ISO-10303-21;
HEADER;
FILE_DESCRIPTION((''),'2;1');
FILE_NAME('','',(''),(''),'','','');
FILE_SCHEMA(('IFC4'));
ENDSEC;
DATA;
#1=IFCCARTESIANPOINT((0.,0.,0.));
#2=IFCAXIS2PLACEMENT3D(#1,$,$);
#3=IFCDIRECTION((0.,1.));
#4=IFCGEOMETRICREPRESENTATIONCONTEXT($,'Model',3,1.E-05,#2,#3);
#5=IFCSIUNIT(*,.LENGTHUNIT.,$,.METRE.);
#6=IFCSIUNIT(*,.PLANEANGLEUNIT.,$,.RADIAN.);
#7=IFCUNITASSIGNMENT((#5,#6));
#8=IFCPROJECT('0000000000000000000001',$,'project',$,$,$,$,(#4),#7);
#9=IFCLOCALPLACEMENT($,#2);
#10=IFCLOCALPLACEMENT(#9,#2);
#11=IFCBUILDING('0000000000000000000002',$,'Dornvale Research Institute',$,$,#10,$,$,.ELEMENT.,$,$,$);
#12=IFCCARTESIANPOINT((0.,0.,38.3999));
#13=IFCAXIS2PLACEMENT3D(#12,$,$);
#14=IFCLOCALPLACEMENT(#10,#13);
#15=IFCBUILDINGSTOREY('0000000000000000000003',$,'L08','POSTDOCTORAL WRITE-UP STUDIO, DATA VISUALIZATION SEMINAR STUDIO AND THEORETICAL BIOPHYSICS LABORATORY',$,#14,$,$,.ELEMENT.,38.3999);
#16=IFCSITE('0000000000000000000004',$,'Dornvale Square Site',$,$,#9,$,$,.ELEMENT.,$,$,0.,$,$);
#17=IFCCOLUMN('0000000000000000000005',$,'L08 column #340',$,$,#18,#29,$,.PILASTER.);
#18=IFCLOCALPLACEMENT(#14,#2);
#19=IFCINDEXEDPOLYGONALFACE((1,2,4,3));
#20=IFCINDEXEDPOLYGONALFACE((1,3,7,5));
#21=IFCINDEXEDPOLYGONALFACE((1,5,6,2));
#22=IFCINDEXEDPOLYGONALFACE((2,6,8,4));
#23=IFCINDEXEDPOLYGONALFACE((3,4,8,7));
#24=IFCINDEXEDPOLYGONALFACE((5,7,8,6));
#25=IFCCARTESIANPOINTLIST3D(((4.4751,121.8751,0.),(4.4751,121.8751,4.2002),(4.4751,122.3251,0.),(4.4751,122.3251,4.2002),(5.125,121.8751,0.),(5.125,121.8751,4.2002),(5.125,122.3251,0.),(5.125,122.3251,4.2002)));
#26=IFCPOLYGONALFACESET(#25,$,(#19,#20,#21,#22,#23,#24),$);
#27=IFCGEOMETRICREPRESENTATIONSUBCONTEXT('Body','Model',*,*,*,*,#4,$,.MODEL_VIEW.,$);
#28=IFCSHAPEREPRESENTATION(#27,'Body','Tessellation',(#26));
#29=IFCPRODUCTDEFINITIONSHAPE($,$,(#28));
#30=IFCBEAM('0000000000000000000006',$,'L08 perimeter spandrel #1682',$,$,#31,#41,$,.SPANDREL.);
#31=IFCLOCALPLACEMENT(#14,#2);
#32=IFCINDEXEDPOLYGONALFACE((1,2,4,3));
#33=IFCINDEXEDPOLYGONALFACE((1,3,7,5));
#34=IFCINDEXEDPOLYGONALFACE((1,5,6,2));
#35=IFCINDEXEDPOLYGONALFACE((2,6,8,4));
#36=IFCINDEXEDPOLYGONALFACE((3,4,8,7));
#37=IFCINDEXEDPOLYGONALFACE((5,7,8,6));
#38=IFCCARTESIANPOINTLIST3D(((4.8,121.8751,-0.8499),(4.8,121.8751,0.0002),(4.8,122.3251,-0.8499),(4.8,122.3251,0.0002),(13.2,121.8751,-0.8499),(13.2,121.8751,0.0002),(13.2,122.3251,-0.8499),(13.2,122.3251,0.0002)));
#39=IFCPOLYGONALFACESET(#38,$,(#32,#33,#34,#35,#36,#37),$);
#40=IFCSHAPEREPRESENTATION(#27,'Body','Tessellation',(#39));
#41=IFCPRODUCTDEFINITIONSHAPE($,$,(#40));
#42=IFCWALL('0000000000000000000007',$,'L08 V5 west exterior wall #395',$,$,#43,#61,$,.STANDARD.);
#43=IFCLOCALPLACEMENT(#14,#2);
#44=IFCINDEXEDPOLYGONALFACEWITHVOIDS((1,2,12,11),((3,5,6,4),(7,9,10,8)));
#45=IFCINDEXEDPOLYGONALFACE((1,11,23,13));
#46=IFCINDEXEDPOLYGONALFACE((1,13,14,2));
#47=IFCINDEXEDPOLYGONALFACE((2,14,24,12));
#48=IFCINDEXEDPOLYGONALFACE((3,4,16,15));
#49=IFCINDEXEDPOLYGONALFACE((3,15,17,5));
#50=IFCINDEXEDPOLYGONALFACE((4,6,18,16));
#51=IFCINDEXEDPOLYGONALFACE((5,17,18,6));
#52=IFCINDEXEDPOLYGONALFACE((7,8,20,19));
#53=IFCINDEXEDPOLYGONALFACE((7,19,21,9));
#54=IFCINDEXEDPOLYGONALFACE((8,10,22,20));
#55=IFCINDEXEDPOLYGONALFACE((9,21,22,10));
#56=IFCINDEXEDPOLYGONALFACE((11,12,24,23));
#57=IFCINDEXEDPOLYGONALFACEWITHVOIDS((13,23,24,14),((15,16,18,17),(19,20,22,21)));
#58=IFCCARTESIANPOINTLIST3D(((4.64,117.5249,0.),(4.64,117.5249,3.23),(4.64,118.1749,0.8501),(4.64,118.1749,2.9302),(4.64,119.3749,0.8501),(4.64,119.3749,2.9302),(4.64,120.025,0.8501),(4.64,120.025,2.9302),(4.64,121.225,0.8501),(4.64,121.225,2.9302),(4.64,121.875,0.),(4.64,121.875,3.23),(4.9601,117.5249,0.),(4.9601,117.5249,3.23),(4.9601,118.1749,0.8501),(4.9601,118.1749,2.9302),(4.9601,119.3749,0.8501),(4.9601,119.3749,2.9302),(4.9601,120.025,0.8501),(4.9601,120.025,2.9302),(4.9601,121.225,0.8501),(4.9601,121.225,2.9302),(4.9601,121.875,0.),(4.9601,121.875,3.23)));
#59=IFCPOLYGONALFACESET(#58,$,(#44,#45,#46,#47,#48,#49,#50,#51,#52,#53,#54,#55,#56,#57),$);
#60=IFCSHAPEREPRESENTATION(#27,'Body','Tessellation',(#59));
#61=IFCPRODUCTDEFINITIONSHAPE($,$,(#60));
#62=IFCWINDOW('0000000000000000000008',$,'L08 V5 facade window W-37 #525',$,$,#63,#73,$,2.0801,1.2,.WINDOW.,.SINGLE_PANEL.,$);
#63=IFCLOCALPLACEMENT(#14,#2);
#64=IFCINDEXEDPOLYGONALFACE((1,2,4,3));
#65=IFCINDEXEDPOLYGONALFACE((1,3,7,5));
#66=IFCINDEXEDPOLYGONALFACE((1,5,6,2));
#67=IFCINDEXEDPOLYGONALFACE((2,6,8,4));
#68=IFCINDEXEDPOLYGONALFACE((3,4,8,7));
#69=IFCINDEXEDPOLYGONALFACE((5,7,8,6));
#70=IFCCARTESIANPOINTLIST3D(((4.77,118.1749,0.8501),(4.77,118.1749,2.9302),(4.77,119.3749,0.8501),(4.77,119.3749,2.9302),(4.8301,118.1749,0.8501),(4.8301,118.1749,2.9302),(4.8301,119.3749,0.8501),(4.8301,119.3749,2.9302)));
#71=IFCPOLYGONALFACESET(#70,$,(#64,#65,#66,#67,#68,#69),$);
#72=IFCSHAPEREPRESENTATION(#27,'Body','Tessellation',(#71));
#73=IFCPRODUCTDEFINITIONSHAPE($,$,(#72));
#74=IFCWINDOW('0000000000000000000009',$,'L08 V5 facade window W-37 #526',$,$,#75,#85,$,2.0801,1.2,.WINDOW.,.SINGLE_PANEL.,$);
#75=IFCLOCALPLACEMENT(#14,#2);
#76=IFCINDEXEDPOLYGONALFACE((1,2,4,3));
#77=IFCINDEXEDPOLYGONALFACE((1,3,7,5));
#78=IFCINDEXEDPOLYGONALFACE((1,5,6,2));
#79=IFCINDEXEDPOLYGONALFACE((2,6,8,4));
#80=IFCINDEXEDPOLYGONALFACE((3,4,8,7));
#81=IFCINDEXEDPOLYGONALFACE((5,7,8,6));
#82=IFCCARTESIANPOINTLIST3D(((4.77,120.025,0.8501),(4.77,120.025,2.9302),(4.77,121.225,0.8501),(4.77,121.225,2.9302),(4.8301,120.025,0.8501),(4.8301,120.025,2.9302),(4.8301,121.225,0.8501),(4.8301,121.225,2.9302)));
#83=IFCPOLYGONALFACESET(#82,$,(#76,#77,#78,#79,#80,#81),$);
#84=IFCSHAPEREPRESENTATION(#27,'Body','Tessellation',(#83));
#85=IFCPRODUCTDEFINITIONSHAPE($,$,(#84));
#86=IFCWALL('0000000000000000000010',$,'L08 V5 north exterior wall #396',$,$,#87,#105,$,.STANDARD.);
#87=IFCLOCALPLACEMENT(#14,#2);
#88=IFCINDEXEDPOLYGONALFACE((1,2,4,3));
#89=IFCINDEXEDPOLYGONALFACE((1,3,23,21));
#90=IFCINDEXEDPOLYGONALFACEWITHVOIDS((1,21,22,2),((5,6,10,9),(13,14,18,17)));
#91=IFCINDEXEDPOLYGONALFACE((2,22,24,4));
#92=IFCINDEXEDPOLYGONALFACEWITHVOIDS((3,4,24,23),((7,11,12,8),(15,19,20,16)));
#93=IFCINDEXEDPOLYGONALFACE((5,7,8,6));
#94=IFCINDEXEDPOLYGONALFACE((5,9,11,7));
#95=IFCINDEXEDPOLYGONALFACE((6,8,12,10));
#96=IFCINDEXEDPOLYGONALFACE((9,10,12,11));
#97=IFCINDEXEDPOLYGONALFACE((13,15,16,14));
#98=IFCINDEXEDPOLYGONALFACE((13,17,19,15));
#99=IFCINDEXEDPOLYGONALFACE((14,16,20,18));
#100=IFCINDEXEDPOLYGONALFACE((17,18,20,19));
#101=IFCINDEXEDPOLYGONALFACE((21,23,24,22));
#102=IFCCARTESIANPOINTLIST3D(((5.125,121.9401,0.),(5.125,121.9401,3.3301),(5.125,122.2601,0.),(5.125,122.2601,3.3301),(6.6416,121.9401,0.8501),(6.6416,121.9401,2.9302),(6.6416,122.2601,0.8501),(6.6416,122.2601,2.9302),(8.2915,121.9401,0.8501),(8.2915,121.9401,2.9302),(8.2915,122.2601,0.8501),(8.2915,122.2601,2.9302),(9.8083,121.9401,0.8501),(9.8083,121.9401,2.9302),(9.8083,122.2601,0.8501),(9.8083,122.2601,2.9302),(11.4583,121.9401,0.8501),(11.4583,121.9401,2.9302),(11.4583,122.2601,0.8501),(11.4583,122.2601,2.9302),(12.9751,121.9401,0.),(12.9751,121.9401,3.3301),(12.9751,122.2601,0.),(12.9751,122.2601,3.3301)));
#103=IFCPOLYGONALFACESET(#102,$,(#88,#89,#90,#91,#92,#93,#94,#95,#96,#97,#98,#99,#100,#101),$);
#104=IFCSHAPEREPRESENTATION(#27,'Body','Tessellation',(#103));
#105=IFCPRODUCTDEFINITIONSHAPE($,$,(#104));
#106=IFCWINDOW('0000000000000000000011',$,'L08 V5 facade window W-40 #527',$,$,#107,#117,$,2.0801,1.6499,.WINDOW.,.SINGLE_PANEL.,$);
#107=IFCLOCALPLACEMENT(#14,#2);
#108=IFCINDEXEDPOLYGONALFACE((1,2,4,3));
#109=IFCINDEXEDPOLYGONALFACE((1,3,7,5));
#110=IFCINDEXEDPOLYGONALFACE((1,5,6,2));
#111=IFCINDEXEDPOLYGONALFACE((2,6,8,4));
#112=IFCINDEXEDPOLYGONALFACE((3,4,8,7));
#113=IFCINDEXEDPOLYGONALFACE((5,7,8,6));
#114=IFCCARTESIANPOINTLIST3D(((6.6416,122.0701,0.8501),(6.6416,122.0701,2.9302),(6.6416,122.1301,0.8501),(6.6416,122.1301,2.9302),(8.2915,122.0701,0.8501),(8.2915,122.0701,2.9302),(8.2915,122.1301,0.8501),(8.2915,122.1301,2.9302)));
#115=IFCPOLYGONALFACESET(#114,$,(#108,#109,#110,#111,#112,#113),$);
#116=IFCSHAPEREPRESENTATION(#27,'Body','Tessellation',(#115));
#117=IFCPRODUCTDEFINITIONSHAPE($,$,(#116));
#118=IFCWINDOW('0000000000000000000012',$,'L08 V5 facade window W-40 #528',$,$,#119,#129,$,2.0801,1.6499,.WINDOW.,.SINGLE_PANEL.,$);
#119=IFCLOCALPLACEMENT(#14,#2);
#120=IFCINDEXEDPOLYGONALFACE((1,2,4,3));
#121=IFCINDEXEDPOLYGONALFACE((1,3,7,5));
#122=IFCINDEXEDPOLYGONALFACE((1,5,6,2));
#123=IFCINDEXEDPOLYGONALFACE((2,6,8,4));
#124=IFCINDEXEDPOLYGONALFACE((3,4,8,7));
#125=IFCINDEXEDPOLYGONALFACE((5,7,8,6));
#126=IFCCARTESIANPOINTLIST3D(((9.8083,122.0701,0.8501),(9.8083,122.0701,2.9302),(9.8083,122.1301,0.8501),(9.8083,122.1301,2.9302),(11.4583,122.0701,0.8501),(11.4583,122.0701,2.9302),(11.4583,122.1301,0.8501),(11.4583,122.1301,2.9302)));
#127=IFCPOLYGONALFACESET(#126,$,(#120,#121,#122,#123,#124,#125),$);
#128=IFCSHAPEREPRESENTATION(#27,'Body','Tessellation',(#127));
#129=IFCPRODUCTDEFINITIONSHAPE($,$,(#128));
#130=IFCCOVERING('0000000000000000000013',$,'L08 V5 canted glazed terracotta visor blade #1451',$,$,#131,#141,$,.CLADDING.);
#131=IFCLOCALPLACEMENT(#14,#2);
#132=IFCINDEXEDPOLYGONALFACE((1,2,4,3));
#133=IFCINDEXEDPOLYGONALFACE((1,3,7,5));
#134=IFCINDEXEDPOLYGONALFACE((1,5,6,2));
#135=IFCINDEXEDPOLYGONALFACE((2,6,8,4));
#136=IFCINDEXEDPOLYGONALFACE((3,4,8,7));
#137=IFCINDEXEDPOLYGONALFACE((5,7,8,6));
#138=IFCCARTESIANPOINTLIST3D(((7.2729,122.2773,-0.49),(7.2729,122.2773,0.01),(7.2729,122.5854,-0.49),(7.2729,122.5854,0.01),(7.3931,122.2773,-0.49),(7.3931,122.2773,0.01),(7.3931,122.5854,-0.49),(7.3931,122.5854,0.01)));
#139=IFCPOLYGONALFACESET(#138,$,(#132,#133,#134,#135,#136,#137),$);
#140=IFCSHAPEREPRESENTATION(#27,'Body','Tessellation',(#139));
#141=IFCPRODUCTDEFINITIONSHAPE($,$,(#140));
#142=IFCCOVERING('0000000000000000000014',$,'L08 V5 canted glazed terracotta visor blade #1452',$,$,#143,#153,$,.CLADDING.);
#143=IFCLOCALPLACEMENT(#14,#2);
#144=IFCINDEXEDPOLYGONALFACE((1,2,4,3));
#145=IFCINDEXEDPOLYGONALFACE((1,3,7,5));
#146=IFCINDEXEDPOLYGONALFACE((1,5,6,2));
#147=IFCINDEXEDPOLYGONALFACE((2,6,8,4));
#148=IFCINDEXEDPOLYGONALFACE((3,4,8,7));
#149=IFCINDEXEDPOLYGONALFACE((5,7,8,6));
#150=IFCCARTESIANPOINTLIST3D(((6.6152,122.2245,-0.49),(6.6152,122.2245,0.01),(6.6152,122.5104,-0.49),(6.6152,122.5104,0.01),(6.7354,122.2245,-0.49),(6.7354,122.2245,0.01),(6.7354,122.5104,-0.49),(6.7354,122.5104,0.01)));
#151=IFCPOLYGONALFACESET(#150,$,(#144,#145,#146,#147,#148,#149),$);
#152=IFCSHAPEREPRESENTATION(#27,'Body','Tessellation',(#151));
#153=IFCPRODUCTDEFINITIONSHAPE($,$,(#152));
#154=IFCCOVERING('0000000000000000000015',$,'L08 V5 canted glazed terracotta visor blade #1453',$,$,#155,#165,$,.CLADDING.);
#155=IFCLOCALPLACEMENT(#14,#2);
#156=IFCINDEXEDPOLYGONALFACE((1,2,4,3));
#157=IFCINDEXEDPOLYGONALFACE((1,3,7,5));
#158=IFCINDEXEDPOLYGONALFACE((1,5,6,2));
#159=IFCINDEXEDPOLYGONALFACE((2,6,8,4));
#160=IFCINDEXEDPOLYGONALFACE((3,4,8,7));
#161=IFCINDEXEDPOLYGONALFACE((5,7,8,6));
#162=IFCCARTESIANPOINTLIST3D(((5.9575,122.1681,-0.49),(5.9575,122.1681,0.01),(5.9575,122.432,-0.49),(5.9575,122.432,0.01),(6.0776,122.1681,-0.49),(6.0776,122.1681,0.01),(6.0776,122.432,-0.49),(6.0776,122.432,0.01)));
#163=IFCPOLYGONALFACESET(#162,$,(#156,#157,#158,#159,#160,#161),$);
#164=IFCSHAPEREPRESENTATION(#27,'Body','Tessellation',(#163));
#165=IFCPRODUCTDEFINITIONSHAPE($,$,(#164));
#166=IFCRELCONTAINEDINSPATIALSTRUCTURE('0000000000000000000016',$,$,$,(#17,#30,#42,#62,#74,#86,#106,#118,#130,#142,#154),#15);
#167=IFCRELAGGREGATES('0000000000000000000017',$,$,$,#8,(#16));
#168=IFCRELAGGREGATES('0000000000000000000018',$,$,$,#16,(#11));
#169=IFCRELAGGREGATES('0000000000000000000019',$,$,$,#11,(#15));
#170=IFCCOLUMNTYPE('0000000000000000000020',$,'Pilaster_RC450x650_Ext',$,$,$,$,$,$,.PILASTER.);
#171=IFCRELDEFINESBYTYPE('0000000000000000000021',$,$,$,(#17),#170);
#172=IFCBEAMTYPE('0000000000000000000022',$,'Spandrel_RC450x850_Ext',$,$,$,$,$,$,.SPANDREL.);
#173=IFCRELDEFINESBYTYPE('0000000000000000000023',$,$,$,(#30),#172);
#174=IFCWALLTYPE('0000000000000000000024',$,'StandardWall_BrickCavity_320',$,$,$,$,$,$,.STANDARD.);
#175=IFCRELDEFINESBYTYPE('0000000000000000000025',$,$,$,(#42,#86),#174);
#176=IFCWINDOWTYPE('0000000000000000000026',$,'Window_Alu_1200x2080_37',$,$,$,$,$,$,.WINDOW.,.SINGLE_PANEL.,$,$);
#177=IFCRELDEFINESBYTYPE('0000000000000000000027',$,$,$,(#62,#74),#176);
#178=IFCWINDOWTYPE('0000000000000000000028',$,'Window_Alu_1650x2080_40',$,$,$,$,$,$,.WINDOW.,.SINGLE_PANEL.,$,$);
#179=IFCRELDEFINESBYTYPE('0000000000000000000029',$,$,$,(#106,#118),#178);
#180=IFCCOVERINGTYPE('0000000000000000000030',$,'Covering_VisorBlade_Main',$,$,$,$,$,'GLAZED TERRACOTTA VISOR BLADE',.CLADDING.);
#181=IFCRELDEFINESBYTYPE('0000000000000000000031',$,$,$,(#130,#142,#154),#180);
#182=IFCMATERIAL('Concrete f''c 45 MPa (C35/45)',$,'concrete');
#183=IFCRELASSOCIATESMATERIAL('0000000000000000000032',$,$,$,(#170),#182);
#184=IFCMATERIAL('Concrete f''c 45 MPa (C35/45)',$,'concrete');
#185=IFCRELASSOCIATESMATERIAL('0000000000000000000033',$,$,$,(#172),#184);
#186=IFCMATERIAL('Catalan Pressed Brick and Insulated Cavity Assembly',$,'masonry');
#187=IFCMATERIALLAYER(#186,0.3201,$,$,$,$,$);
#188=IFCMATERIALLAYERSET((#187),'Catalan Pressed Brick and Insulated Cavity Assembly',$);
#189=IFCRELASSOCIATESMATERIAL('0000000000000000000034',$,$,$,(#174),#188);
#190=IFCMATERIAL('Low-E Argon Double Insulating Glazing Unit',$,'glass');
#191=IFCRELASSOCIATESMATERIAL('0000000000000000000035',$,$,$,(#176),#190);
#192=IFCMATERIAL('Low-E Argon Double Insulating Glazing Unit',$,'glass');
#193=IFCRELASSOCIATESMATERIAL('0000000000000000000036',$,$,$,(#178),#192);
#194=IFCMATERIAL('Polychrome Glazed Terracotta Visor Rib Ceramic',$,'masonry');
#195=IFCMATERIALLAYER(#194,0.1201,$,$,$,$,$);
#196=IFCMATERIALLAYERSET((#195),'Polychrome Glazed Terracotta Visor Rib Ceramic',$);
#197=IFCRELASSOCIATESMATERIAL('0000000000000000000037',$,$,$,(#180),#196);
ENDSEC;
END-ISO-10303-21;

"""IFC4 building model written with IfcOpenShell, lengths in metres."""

from ifc_helpers import new_model, si_unit, direction, frame, frame_2d, origin, origin_2d, place, context, subcontext, project, spatial, rectangle, extrude, material, layer, layer_set, material_profile, profile_set, type_object, element, fill, save


model = new_model("IFC4")

# Units and contexts
model_context = context("Model", 3, precision=1e-05, world=origin(), true_north=direction((0.0, 1.0)))
body_context = subcontext(model_context, "Body", "Model", "MODEL_VIEW")
ifc_project = project(units=[si_unit("LENGTHUNIT", "METRE"), si_unit("PLANEANGLEUNIT", "RADIAN")], contexts=[model_context])

# Site, building, storey
site_placement = place(None, origin())
site = spatial("IfcSite", under=ifc_project, at=site_placement, Name="Dornvale Square Site", CompositionType="ELEMENT", RefElevation=0.0)
building_placement = place(site_placement, origin())
building = spatial("IfcBuilding", under=site, at=building_placement, Name="Dornvale Research Institute", CompositionType="ELEMENT")
storey_placement = place(building_placement, frame((0.0, 0.0, 38.3999)))
storey = spatial("IfcBuildingStorey", under=building, at=storey_placement, Name="L08", Description="POSTDOCTORAL WRITE-UP STUDIO, DATA VISUALIZATION SEMINAR STUDIO AND THEORETICAL BIOPHYSICS LABORATORY", CompositionType="ELEMENT", Elevation=38.3999)

# Column
ifc_material_1 = material(Name="Concrete f'c 45 MPa (C35/45)", Category="concrete")
ifc_material_profile_1 = material_profile(ifc_material_1, rectangle(XDim=0.45, YDim=0.6499, at=origin_2d()), Name="RC 450x650")
ifc_profile_set_1 = profile_set([ifc_material_profile_1], Name="Concrete f'c 45 MPa (C35/45)")
column_type = type_object("IfcColumnType", Name="Pilaster_RC450x650_Ext", PredefinedType="PILASTER", material=ifc_profile_set_1)
column_placement = place(storey_placement, frame((4.8, 122.1001, 0.0), z_axis=(0.0, 0.0, 1.0), x_axis=(0.0, 1.0, 0.0)))
element("IfcColumn", 1, at=column_placement, inside=storey, type_object=column_type, Name="L08 column #340", PredefinedType="PILASTER", context=body_context, shape_type="SweptSolid", body=[
    extrude(rectangle(XDim=0.45, YDim=0.6499, at=origin_2d()), origin(), (0.0, 0.0, 1.0), 4.2002),
])

# Beam
ifc_material_2 = material(Name="Concrete f'c 45 MPa (C35/45)", Category="concrete")
ifc_material_profile_2 = material_profile(ifc_material_2, rectangle(XDim=0.45, YDim=0.8501, at=origin_2d()), Name="RC 450x850")
ifc_profile_set_2 = profile_set([ifc_material_profile_2], Name="Concrete f'c 45 MPa (C35/45)")
beam_type = type_object("IfcBeamType", Name="Spandrel_RC450x850_Ext", PredefinedType="SPANDREL", material=ifc_profile_set_2)
beam_placement = place(storey_placement, frame((4.8, 122.1001, -0.4248), z_axis=(1.0, 0.0, 0.0), x_axis=(0.0, 1.0, 0.0)))
element("IfcBeam", 2, at=beam_placement, inside=storey, type_object=beam_type, Name="L08 perimeter spandrel #1682", PredefinedType="SPANDREL", context=body_context, shape_type="SweptSolid", body=[
    extrude(rectangle(XDim=0.45, YDim=0.8501, at=origin_2d()), origin(), (0.0, 0.0, 1.0), 8.3999),
])

# Walls, openings, windows
ifc_material_3 = material(Name="Catalan Pressed Brick and Insulated Cavity Assembly", Category="masonry")
ifc_layer_1 = layer(ifc_material_3, 0.3201)
ifc_layer_set_1 = layer_set([ifc_layer_1], Name="Catalan Pressed Brick and Insulated Cavity Assembly")
wall_type = type_object("IfcWallType", Name="StandardWall_BrickCavity_320", PredefinedType="STANDARD", material=ifc_layer_set_1)
wall_1_placement = place(storey_placement, frame((4.8, 117.5249, 0.0), z_axis=(0.0, 0.0, 1.0), x_axis=(0.0, 1.0, 0.0)))
wall_1 = element("IfcWall", 3, at=wall_1_placement, inside=storey, type_object=wall_type, Name="L08 V5 west exterior wall #395", PredefinedType="STANDARD", context=body_context, shape_type="SweptSolid", body=[
    extrude(rectangle(XDim=4.3501, YDim=0.3201, at=frame_2d((2.175, 0.0))), origin(), (0.0, 0.0, 1.0), 3.23),
])
opening_1_placement = place(wall_1_placement, frame((0.6499, 0.0, 0.8501)))
opening_1 = element("IfcOpeningElement", 4, at=opening_1_placement, cuts=wall_1, PredefinedType="OPENING", context=body_context, shape_type="SweptSolid", body=[
    extrude(rectangle(XDim=1.2, YDim=2.0801, at=frame_2d((0.6001, 1.04))), frame((0.0, 0.175, 0.0), z_axis=(0.0, -1.0, 0.0), x_axis=(1.0, 0.0, 0.0)), (0.0, 0.0, 1.0), 0.3501),
])
opening_2_placement = place(wall_1_placement, frame((2.5, 0.0, 0.8501)))
opening_2 = element("IfcOpeningElement", 5, at=opening_2_placement, cuts=wall_1, PredefinedType="OPENING", context=body_context, shape_type="SweptSolid", body=[
    extrude(rectangle(XDim=1.2, YDim=2.0801, at=frame_2d((0.6001, 1.04))), frame((0.0, 0.175, 0.0), z_axis=(0.0, -1.0, 0.0), x_axis=(1.0, 0.0, 0.0)), (0.0, 0.0, 1.0), 0.3501),
])
ifc_material_4 = material(Name="Low-E Argon Double Insulating Glazing Unit", Category="glass")
window_type_1 = type_object("IfcWindowType", Name="Window_Alu_1200x2080_37", PartitioningType="SINGLE_PANEL", PredefinedType="WINDOW", material=ifc_material_4)
window_1_placement = place(opening_1_placement, origin())
window_1 = element("IfcWindow", 6, at=window_1_placement, inside=storey, type_object=window_type_1, Name="L08 V5 facade window W-37 #525", OverallHeight=2.0801, OverallWidth=1.2, PartitioningType="SINGLE_PANEL", PredefinedType="WINDOW", context=body_context, shape_type="SweptSolid", body=[
    extrude(rectangle(XDim=1.2, YDim=2.0801, at=frame_2d((0.6001, 1.04))), frame((0.0, 0.03, 0.0), z_axis=(0.0, -1.0, 0.0), x_axis=(1.0, 0.0, 0.0)), (0.0, 0.0, 1.0), 0.0601),
])
fill(opening_1, window_1)
window_2_placement = place(opening_2_placement, origin())
window_2 = element("IfcWindow", 7, at=window_2_placement, inside=storey, type_object=window_type_1, Name="L08 V5 facade window W-37 #526", OverallHeight=2.0801, OverallWidth=1.2, PartitioningType="SINGLE_PANEL", PredefinedType="WINDOW", context=body_context, shape_type="SweptSolid", body=[
    extrude(rectangle(XDim=1.2, YDim=2.0801, at=frame_2d((0.6001, 1.04))), frame((0.0, 0.03, 0.0), z_axis=(0.0, -1.0, 0.0), x_axis=(1.0, 0.0, 0.0)), (0.0, 0.0, 1.0), 0.0601),
])
fill(opening_2, window_2)
wall_2_placement = place(storey_placement, frame((5.125, 122.1001, 0.0), z_axis=(0.0, 0.0, 1.0), x_axis=(1.0, 0.0, 0.0)))
wall_2 = element("IfcWall", 8, at=wall_2_placement, inside=storey, type_object=wall_type, Name="L08 V5 north exterior wall #396", PredefinedType="STANDARD", context=body_context, shape_type="SweptSolid", body=[
    extrude(rectangle(XDim=7.8501, YDim=0.3201, at=frame_2d((3.925, 0.0))), origin(), (0.0, 0.0, 1.0), 3.3301),
])
opening_3_placement = place(wall_2_placement, frame((1.5166, 0.0, 0.8501)))
opening_3 = element("IfcOpeningElement", 9, at=opening_3_placement, cuts=wall_2, PredefinedType="OPENING", context=body_context, shape_type="SweptSolid", body=[
    extrude(rectangle(XDim=1.6499, YDim=2.0801, at=frame_2d((0.825, 1.04))), frame((0.0, 0.175, 0.0), z_axis=(0.0, -1.0, 0.0), x_axis=(1.0, 0.0, 0.0)), (0.0, 0.0, 1.0), 0.3501),
])
opening_4_placement = place(wall_2_placement, frame((4.6833, 0.0, 0.8501)))
opening_4 = element("IfcOpeningElement", 10, at=opening_4_placement, cuts=wall_2, PredefinedType="OPENING", context=body_context, shape_type="SweptSolid", body=[
    extrude(rectangle(XDim=1.6499, YDim=2.0801, at=frame_2d((0.825, 1.04))), frame((0.0, 0.175, 0.0), z_axis=(0.0, -1.0, 0.0), x_axis=(1.0, 0.0, 0.0)), (0.0, 0.0, 1.0), 0.3501),
])
ifc_material_5 = material(Name="Low-E Argon Double Insulating Glazing Unit", Category="glass")
window_type_2 = type_object("IfcWindowType", Name="Window_Alu_1650x2080_40", PartitioningType="SINGLE_PANEL", PredefinedType="WINDOW", material=ifc_material_5)
window_3_placement = place(opening_3_placement, origin())
window_3 = element("IfcWindow", 11, at=window_3_placement, inside=storey, type_object=window_type_2, Name="L08 V5 facade window W-40 #527", OverallHeight=2.0801, OverallWidth=1.6499, PartitioningType="SINGLE_PANEL", PredefinedType="WINDOW", context=body_context, shape_type="SweptSolid", body=[
    extrude(rectangle(XDim=1.6499, YDim=2.0801, at=frame_2d((0.825, 1.04))), frame((0.0, 0.03, 0.0), z_axis=(0.0, -1.0, 0.0), x_axis=(1.0, 0.0, 0.0)), (0.0, 0.0, 1.0), 0.0601),
])
fill(opening_3, window_3)
window_4_placement = place(opening_4_placement, origin())
window_4 = element("IfcWindow", 12, at=window_4_placement, inside=storey, type_object=window_type_2, Name="L08 V5 facade window W-40 #528", OverallHeight=2.0801, OverallWidth=1.6499, PartitioningType="SINGLE_PANEL", PredefinedType="WINDOW", context=body_context, shape_type="SweptSolid", body=[
    extrude(rectangle(XDim=1.6499, YDim=2.0801, at=frame_2d((0.825, 1.04))), frame((0.0, 0.03, 0.0), z_axis=(0.0, -1.0, 0.0), x_axis=(1.0, 0.0, 0.0)), (0.0, 0.0, 1.0), 0.0601),
])
fill(opening_4, window_4)

# Coverings
ifc_material_6 = material(Name="Polychrome Glazed Terracotta Visor Rib Ceramic", Category="masonry")
ifc_layer_2 = layer(ifc_material_6, 0.1201)
ifc_layer_set_2 = layer_set([ifc_layer_2], Name="Polychrome Glazed Terracotta Visor Rib Ceramic")
covering_type = type_object("IfcCoveringType", Name="Covering_VisorBlade_Main", ElementType="GLAZED TERRACOTTA VISOR BLADE", PredefinedType="CLADDING", material=ifc_layer_set_2)
covering_1_placement = place(storey_placement, frame((7.333, 122.4314, -0.49), z_axis=(0.0, 0.0, 1.0), x_axis=(0.0, 1.0, 0.0)))
element("IfcCovering", 13, at=covering_1_placement, inside=storey, type_object=covering_type, Name="L08 V5 canted glazed terracotta visor blade #1451", PredefinedType="CLADDING", context=body_context, shape_type="SweptSolid", body=[
    extrude(rectangle(XDim=0.3081, YDim=0.1201, at=origin_2d()), origin(), (0.0, 0.0, 1.0), 0.5),
])
covering_2_placement = place(storey_placement, frame((6.6753, 122.3674, -0.49), z_axis=(0.0, 0.0, 1.0), x_axis=(0.0, 1.0, 0.0)))
element("IfcCovering", 14, at=covering_2_placement, inside=storey, type_object=covering_type, Name="L08 V5 canted glazed terracotta visor blade #1452", PredefinedType="CLADDING", context=body_context, shape_type="SweptSolid", body=[
    extrude(rectangle(XDim=0.2859, YDim=0.1201, at=origin_2d()), origin(), (0.0, 0.0, 1.0), 0.5),
])
covering_3_placement = place(storey_placement, frame((6.0176, 122.3, -0.49), z_axis=(0.0, 0.0, 1.0), x_axis=(0.0, 1.0, 0.0)))
element("IfcCovering", 15, at=covering_3_placement, inside=storey, type_object=covering_type, Name="L08 V5 canted glazed terracotta visor blade #1453", PredefinedType="CLADDING", context=body_context, shape_type="SweptSolid", body=[
    extrude(rectangle(XDim=0.2639, YDim=0.1201, at=origin_2d()), origin(), (0.0, 0.0, 1.0), 0.5),
])

save(model, "model.ifc")
